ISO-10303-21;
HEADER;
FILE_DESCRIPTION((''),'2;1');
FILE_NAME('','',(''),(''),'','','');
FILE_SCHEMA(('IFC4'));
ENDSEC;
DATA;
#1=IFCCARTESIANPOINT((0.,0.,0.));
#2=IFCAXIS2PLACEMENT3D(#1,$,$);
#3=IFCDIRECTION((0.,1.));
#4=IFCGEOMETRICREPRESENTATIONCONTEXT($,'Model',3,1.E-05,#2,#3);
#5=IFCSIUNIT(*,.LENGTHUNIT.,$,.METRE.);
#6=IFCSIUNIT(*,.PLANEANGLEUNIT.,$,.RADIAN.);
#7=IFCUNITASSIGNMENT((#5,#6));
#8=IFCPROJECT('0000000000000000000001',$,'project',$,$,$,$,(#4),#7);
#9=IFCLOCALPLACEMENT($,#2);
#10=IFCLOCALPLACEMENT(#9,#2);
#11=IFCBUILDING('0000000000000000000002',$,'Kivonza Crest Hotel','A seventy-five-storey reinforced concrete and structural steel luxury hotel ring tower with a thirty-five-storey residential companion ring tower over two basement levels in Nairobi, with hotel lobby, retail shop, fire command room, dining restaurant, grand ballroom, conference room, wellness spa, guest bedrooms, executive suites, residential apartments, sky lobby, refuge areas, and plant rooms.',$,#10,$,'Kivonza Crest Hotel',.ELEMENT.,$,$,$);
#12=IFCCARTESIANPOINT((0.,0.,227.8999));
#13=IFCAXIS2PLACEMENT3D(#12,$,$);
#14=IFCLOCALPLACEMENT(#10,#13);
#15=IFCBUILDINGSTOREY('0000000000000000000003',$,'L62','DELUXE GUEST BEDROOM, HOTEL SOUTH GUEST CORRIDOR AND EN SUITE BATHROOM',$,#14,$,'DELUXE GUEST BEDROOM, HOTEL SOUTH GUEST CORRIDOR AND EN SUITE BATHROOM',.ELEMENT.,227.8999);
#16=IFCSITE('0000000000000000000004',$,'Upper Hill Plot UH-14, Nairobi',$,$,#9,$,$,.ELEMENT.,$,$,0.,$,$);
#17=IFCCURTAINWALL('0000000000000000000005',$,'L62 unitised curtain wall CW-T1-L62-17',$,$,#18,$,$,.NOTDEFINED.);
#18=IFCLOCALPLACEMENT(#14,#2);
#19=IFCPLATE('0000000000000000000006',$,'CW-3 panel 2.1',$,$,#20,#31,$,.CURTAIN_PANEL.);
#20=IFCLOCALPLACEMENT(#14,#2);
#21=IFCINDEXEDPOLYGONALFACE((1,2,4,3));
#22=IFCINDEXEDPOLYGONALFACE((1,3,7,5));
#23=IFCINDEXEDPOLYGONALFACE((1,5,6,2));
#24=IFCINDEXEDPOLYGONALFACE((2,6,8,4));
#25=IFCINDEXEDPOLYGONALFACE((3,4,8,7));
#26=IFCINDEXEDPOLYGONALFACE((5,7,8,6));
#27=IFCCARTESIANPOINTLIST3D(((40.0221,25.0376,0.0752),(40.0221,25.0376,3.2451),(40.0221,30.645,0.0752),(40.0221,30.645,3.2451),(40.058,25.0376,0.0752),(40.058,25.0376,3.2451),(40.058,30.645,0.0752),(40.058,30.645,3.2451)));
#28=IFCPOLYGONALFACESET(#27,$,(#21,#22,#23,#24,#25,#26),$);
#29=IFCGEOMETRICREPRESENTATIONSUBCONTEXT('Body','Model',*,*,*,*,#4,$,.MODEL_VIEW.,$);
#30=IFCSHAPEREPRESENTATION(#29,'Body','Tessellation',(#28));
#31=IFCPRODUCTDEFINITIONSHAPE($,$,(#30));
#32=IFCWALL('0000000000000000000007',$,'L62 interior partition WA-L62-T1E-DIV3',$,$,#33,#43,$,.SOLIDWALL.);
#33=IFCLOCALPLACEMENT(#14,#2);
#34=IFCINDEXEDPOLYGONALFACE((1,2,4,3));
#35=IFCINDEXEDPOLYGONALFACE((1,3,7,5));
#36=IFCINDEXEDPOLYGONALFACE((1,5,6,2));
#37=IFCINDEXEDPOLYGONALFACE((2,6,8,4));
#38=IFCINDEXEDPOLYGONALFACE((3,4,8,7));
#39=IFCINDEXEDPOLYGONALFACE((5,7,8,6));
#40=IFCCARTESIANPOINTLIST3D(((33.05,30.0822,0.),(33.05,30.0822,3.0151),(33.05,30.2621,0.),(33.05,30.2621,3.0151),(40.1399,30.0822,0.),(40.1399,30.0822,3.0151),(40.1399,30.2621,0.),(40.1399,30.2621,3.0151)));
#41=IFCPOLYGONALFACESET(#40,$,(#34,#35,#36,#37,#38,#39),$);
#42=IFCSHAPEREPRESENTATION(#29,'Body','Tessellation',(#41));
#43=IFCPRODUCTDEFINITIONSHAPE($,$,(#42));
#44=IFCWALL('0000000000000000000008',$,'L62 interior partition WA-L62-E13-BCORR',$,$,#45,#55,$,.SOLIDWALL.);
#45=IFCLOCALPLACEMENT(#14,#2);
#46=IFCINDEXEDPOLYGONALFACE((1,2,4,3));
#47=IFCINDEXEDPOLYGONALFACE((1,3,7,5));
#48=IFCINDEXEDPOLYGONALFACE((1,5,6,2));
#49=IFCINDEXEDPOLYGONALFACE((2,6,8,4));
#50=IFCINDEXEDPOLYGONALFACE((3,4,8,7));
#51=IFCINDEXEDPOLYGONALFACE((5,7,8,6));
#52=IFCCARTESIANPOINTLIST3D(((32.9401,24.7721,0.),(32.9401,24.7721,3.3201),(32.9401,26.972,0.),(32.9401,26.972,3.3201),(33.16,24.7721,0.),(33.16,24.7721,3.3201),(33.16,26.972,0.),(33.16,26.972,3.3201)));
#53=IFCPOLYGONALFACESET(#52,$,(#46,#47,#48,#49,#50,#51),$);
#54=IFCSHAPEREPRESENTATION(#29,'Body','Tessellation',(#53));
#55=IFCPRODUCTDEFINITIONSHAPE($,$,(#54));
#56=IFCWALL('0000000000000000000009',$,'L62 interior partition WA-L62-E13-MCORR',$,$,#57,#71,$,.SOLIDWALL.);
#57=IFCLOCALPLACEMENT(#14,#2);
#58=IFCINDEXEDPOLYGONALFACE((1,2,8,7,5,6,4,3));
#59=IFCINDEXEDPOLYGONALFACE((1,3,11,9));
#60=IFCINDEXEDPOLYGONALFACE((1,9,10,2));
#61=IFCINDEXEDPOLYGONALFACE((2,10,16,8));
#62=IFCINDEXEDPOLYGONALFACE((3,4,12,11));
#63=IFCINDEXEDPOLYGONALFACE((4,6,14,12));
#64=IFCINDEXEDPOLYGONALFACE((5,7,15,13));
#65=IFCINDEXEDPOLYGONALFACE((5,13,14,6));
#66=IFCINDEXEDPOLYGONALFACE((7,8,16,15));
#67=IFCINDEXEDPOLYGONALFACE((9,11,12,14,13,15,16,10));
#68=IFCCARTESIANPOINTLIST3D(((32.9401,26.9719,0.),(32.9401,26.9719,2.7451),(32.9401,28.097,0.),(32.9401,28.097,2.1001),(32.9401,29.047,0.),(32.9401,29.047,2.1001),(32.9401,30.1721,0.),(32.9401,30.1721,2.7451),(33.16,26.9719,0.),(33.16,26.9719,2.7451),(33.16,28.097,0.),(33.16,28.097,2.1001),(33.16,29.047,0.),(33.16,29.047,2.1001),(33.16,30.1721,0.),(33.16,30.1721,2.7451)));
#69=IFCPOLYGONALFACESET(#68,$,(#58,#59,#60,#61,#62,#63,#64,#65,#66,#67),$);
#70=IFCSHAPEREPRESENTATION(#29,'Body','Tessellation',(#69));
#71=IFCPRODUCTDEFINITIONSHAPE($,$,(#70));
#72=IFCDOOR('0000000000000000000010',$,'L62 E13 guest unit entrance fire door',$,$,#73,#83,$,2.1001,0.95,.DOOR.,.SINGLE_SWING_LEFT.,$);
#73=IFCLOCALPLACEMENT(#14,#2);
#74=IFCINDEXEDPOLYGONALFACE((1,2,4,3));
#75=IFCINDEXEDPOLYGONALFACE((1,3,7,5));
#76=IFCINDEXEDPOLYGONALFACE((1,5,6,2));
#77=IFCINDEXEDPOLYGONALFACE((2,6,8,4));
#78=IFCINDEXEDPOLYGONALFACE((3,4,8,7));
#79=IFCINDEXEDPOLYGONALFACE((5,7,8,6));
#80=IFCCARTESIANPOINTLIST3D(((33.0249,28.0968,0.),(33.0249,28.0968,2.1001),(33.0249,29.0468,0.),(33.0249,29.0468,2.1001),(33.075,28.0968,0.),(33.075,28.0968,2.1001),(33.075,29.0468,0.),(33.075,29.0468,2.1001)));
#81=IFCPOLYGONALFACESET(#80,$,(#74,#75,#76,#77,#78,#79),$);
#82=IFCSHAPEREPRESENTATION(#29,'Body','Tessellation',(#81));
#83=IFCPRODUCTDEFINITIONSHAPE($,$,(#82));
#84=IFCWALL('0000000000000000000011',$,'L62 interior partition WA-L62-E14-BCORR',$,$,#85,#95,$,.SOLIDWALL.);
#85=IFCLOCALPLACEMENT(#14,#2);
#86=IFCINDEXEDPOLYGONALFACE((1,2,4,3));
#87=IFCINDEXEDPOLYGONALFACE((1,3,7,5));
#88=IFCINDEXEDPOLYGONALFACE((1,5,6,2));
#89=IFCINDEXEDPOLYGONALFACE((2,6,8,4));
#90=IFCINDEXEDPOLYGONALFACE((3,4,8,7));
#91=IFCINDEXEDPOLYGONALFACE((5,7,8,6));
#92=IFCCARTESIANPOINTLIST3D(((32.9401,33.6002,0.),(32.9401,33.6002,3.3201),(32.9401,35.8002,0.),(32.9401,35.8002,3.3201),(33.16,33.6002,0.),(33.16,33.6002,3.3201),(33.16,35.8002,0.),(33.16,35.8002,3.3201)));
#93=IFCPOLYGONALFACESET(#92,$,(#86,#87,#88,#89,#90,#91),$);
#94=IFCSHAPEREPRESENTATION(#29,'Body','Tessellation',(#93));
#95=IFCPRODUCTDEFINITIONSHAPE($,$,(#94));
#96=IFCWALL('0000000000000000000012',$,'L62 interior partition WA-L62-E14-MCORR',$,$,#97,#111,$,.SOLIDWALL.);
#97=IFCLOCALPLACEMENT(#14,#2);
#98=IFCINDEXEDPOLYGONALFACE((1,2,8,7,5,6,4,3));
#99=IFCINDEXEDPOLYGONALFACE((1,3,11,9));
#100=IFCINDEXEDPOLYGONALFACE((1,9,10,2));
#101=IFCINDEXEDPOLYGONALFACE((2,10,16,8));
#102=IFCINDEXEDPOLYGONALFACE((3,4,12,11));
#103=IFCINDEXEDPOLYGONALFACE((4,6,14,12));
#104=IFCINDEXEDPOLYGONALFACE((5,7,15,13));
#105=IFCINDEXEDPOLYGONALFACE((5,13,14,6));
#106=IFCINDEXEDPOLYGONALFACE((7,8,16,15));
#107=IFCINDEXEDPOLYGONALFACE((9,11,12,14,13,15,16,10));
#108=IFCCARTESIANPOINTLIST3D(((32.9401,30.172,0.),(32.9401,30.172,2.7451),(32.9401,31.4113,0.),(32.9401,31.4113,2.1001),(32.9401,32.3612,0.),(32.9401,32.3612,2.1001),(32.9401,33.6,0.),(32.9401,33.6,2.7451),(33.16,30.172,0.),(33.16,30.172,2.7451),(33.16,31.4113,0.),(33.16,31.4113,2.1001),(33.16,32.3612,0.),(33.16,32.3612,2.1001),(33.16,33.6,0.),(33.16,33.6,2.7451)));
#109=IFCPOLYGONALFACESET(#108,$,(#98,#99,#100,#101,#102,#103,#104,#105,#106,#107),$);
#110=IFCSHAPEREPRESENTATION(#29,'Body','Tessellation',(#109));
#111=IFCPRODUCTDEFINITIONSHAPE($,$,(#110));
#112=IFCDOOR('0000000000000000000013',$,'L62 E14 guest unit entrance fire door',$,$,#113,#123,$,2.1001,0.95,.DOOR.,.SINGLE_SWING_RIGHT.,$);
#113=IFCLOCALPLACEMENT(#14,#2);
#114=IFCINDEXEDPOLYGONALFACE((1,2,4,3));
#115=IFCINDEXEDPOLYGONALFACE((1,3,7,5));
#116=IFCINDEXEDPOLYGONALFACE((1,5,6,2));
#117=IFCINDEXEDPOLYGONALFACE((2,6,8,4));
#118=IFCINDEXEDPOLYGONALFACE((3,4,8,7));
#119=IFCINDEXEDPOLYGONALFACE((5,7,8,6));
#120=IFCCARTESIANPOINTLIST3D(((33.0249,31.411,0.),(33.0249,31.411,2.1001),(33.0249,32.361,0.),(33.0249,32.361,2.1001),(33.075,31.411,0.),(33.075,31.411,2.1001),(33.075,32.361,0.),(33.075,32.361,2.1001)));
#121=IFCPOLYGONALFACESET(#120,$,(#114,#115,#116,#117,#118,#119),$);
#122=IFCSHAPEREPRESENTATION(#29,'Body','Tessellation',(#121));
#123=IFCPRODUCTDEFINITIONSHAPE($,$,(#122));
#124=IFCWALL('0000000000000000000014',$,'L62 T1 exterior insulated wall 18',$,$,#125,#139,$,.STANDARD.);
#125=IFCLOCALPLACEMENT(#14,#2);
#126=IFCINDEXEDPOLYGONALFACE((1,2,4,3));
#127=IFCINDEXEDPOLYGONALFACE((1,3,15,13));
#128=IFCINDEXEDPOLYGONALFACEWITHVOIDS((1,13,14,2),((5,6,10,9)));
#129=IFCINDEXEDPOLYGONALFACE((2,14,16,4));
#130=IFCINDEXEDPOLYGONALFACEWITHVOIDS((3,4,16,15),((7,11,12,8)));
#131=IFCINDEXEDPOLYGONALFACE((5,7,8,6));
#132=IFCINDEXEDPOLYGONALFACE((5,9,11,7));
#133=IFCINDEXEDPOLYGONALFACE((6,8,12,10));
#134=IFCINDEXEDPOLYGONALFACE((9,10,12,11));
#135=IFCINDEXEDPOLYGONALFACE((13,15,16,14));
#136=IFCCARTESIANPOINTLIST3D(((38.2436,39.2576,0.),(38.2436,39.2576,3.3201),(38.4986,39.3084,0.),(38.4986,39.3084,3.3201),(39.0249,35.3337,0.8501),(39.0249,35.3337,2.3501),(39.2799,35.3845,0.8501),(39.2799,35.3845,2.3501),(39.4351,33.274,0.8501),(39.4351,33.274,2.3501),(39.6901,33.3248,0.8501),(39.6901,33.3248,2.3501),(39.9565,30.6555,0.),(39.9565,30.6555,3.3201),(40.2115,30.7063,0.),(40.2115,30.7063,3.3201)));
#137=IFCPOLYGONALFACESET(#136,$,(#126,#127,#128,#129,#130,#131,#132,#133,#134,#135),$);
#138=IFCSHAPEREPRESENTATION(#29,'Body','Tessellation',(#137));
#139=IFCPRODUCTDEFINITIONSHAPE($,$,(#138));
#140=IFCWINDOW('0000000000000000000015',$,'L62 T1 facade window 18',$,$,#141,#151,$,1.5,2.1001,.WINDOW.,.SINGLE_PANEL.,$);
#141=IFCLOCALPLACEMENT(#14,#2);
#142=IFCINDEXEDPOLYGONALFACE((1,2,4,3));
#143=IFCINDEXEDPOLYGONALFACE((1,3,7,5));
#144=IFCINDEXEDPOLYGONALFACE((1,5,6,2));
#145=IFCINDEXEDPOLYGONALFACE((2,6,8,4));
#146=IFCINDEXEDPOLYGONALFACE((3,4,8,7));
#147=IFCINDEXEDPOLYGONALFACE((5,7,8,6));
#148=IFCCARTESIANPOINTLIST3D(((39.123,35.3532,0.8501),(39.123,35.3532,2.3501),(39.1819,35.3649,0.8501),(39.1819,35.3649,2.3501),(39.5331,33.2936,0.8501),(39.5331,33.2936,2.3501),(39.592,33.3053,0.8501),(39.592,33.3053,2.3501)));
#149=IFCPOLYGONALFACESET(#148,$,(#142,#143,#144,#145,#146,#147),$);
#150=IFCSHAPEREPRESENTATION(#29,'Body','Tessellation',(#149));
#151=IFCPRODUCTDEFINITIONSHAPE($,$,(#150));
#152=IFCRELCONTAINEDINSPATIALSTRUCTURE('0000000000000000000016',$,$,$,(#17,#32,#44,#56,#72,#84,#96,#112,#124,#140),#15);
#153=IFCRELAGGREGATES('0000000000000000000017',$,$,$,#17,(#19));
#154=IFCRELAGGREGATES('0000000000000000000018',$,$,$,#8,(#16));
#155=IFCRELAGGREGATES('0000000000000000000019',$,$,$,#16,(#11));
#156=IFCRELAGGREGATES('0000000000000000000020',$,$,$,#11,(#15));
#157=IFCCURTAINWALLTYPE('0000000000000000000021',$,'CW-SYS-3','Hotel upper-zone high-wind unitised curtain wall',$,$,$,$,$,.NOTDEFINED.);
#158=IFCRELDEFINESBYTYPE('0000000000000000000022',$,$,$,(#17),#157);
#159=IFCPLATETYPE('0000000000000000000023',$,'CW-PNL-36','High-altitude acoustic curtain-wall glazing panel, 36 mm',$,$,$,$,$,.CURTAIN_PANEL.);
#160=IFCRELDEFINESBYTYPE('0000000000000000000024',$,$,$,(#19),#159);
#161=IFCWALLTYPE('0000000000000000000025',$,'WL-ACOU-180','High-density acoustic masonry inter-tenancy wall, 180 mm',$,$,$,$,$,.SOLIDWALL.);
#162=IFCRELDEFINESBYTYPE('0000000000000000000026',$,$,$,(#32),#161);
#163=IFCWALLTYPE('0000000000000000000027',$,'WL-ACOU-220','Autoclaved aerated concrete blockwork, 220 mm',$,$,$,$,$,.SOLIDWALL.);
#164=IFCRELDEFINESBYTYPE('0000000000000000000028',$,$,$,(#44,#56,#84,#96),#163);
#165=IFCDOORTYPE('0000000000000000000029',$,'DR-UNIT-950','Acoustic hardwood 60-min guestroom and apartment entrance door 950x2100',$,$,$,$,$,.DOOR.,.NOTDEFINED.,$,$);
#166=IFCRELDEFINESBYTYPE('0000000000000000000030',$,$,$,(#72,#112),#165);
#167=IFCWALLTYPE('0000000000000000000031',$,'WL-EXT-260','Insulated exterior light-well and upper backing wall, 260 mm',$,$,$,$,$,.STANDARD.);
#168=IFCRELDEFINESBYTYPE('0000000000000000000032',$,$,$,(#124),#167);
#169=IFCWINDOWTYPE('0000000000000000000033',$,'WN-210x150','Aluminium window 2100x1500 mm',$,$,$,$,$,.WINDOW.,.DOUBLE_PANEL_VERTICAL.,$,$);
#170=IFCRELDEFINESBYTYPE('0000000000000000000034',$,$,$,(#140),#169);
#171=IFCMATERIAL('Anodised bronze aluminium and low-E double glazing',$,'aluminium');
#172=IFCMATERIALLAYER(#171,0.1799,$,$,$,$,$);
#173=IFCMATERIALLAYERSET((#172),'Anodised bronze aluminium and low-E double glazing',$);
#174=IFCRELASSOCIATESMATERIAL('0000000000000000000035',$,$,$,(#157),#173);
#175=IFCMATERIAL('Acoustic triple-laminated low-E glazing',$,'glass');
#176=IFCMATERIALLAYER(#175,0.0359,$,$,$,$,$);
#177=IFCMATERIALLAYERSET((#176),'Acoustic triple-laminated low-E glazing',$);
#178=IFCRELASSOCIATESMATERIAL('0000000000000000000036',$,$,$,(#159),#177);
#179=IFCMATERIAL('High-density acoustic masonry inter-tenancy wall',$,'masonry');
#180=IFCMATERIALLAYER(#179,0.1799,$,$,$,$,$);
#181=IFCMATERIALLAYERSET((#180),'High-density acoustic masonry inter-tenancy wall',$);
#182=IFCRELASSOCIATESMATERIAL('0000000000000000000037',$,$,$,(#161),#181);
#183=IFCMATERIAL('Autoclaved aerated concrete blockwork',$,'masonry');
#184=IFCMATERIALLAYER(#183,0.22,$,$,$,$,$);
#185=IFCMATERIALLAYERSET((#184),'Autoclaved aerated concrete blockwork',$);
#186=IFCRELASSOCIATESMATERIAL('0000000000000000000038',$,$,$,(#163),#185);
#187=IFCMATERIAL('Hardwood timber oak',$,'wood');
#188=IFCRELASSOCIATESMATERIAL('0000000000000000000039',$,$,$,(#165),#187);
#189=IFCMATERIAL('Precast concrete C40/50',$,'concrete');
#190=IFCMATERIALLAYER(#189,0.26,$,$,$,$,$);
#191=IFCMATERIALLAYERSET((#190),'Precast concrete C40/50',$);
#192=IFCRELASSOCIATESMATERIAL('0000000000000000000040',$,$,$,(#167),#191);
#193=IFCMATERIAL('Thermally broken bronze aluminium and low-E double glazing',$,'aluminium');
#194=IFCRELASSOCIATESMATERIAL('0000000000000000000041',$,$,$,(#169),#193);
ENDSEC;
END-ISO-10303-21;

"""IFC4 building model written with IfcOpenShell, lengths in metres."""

from ifc_helpers import new_model, si_unit, direction, frame, frame_2d, origin, origin_2d, place, context, subcontext, project, spatial, rectangle, extrude, material, layer, layer_set, type_object, element, fill, aggregate, save


model = new_model("IFC4")

# Units and contexts
model_context = context("Model", 3, precision=1e-05, world=origin(), true_north=direction((0.0, 1.0)))
body_context = subcontext(model_context, "Body", "Model", "MODEL_VIEW")
ifc_project = project(units=[si_unit("LENGTHUNIT", "METRE"), si_unit("PLANEANGLEUNIT", "RADIAN")], contexts=[model_context])

# Site, building, storey
site_placement = place(None, origin())
site = spatial("IfcSite", under=ifc_project, at=site_placement, Name="Upper Hill Plot UH-14, Nairobi", CompositionType="ELEMENT", RefElevation=0.0)
building_placement = place(site_placement, origin())
building = spatial("IfcBuilding", under=site, at=building_placement, Name="Kivonza Crest Hotel", Description="A seventy-five-storey reinforced concrete and structural steel luxury hotel ring tower with a thirty-five-storey residential companion ring tower over two basement levels in Nairobi, with hotel lobby, retail shop, fire command room, dining restaurant, grand ballroom, conference room, wellness spa, guest bedrooms, executive suites, residential apartments, sky lobby, refuge areas, and plant rooms.", LongName="Kivonza Crest Hotel", CompositionType="ELEMENT")
storey_placement = place(building_placement, frame((0.0, 0.0, 227.8999)))
storey = spatial("IfcBuildingStorey", under=building, at=storey_placement, Name="L62", Description="DELUXE GUEST BEDROOM, HOTEL SOUTH GUEST CORRIDOR AND EN SUITE BATHROOM", LongName="DELUXE GUEST BEDROOM, HOTEL SOUTH GUEST CORRIDOR AND EN SUITE BATHROOM", CompositionType="ELEMENT", Elevation=227.8999)

# Curtain wall, plate
ifc_material_1 = material(Name="Anodised bronze aluminium and low-E double glazing", Category="aluminium")
ifc_layer_1 = layer(ifc_material_1, 0.1799)
ifc_layer_set_1 = layer_set([ifc_layer_1], Name="Anodised bronze aluminium and low-E double glazing")
curtain_wall_type = type_object("IfcCurtainWallType", Name="CW-SYS-3", Description="Hotel upper-zone high-wind unitised curtain wall", PredefinedType="NOTDEFINED", material=ifc_layer_set_1)
curtain_wall_placement = place(storey_placement, origin())
curtain_wall = element("IfcCurtainWall", 1, at=curtain_wall_placement, inside=storey, type_object=curtain_wall_type, Name="L62 unitised curtain wall CW-T1-L62-17", PredefinedType="NOTDEFINED")
ifc_material_2 = material(Name="Acoustic triple-laminated low-E glazing", Category="glass")
ifc_layer_2 = layer(ifc_material_2, 0.0359)
ifc_layer_set_2 = layer_set([ifc_layer_2], Name="Acoustic triple-laminated low-E glazing")
plate_type = type_object("IfcPlateType", Name="CW-PNL-36", Description="High-altitude acoustic curtain-wall glazing panel, 36 mm", PredefinedType="CURTAIN_PANEL", material=ifc_layer_set_2)
plate_placement = place(storey_placement, frame((40.04, 27.8413, 0.0752), z_axis=(0.0, 0.0, 1.0), x_axis=(0.0, 1.0, 0.0)))
plate = element("IfcPlate", 2, at=plate_placement, type_object=plate_type, Name="CW-3 panel 2.1", PredefinedType="CURTAIN_PANEL", context=body_context, shape_type="SweptSolid", body=[
    extrude(rectangle(XDim=5.6074, YDim=0.0359, at=origin_2d()), origin(), (0.0, 0.0, 1.0), 3.1699),
])
aggregate(curtain_wall, [plate])

# Walls
ifc_material_3 = material(Name="High-density acoustic masonry inter-tenancy wall", Category="masonry")
ifc_layer_3 = layer(ifc_material_3, 0.1799)
ifc_layer_set_3 = layer_set([ifc_layer_3], Name="High-density acoustic masonry inter-tenancy wall")
wall_type_1 = type_object("IfcWallType", Name="WL-ACOU-180", Description="High-density acoustic masonry inter-tenancy wall, 180 mm", PredefinedType="SOLIDWALL", material=ifc_layer_set_3)
wall_1_placement = place(storey_placement, frame((33.05, 30.1721, 0.0), z_axis=(0.0, 0.0, 1.0), x_axis=(1.0, 0.0, 0.0)))
element("IfcWall", 3, at=wall_1_placement, inside=storey, type_object=wall_type_1, Name="L62 interior partition WA-L62-T1E-DIV3", PredefinedType="SOLIDWALL", context=body_context, shape_type="SweptSolid", body=[
    extrude(rectangle(XDim=7.0898, YDim=0.1799, at=frame_2d((3.5449, 0.0))), origin(), (0.0, 0.0, 1.0), 3.0151),
])
ifc_material_4 = material(Name="Autoclaved aerated concrete blockwork", Category="masonry")
ifc_layer_4 = layer(ifc_material_4, 0.22)
ifc_layer_set_4 = layer_set([ifc_layer_4], Name="Autoclaved aerated concrete blockwork")
wall_type_2 = type_object("IfcWallType", Name="WL-ACOU-220", Description="Autoclaved aerated concrete blockwork, 220 mm", PredefinedType="SOLIDWALL", material=ifc_layer_set_4)
wall_2_placement = place(storey_placement, frame((33.05, 24.772, 0.0), z_axis=(0.0, 0.0, 1.0), x_axis=(0.0, 1.0, 0.0)))
element("IfcWall", 4, at=wall_2_placement, inside=storey, type_object=wall_type_2, Name="L62 interior partition WA-L62-E13-BCORR", PredefinedType="SOLIDWALL", context=body_context, shape_type="SweptSolid", body=[
    extrude(rectangle(XDim=2.2, YDim=0.22, at=frame_2d((1.1001, 0.0))), origin(), (0.0, 0.0, 1.0), 3.3201),
])

# Wall, opening, door
wall_3_placement = place(storey_placement, frame((33.05, 26.9719, 0.0), z_axis=(0.0, 0.0, 1.0), x_axis=(0.0, 1.0, 0.0)))
wall_3 = element("IfcWall", 5, at=wall_3_placement, inside=storey, type_object=wall_type_2, Name="L62 interior partition WA-L62-E13-MCORR", PredefinedType="SOLIDWALL", context=body_context, shape_type="SweptSolid", body=[
    extrude(rectangle(XDim=3.2002, YDim=0.22, at=frame_2d((1.6001, 0.0))), origin(), (0.0, 0.0, 1.0), 2.7451),
])
opening_1_placement = place(wall_3_placement, frame((1.125, 0.0, 0.0)))
opening_1 = element("IfcOpeningElement", 6, at=opening_1_placement, cuts=wall_3, PredefinedType="OPENING", context=body_context, shape_type="SweptSolid", body=[
    extrude(rectangle(XDim=0.95, YDim=2.1001, at=frame_2d((0.4751, 1.05))), frame((0.0, 0.1201, 0.0), z_axis=(0.0, -1.0, 0.0), x_axis=(1.0, 0.0, 0.0)), (0.0, 0.0, 1.0), 0.24),
])
ifc_material_5 = material(Name="Hardwood timber oak", Category="wood")
door_type_1 = type_object("IfcDoorType", Name="DR-UNIT-950", Description="Acoustic hardwood 60-min guestroom and apartment entrance door 950x2100", OperationType="NOTDEFINED", PredefinedType="DOOR", material=ifc_material_5)
door_1_placement = place(opening_1_placement, frame((0.95, 0.0, 0.0), z_axis=(0.0, 0.0, 1.0), x_axis=(-1.0, 0.0, 0.0)))
door_1 = element("IfcDoor", 7, at=door_1_placement, inside=storey, type_object=door_type_1, Name="L62 E13 guest unit entrance fire door", OperationType="SINGLE_SWING_LEFT", OverallHeight=2.1001, OverallWidth=0.95, PredefinedType="DOOR", context=body_context, shape_type="SweptSolid", body=[
    extrude(rectangle(XDim=0.95, YDim=2.1001, at=frame_2d((0.4751, 1.05))), frame((0.0, 0.0249, 0.0), z_axis=(0.0, -1.0, 0.0), x_axis=(1.0, 0.0, 0.0)), (0.0, 0.0, 1.0), 0.05),
])
fill(opening_1, door_1)

# Wall
wall_4_placement = place(storey_placement, frame((33.05, 33.6001, 0.0), z_axis=(0.0, 0.0, 1.0), x_axis=(0.0, 1.0, 0.0)))
element("IfcWall", 8, at=wall_4_placement, inside=storey, type_object=wall_type_2, Name="L62 interior partition WA-L62-E14-BCORR", PredefinedType="SOLIDWALL", context=body_context, shape_type="SweptSolid", body=[
    extrude(rectangle(XDim=2.2, YDim=0.22, at=frame_2d((1.1001, 0.0))), origin(), (0.0, 0.0, 1.0), 3.3201),
])

# Wall, opening, door
wall_5_placement = place(storey_placement, frame((33.05, 30.1721, 0.0), z_axis=(0.0, 0.0, 1.0), x_axis=(0.0, 1.0, 0.0)))
wall_5 = element("IfcWall", 9, at=wall_5_placement, inside=storey, type_object=wall_type_2, Name="L62 interior partition WA-L62-E14-MCORR", PredefinedType="SOLIDWALL", context=body_context, shape_type="SweptSolid", body=[
    extrude(rectangle(XDim=3.428, YDim=0.22, at=frame_2d((1.7139, 0.0))), origin(), (0.0, 0.0, 1.0), 2.7451),
])
opening_2_placement = place(wall_5_placement, frame((1.239, 0.0, 0.0)))
opening_2 = element("IfcOpeningElement", 10, at=opening_2_placement, cuts=wall_5, PredefinedType="OPENING", context=body_context, shape_type="SweptSolid", body=[
    extrude(rectangle(XDim=0.95, YDim=2.1001, at=frame_2d((0.4751, 1.05))), frame((0.0, 0.1201, 0.0), z_axis=(0.0, -1.0, 0.0), x_axis=(1.0, 0.0, 0.0)), (0.0, 0.0, 1.0), 0.24),
])
door_2_placement = place(opening_2_placement, frame((0.95, 0.0, 0.0), z_axis=(0.0, 0.0, 1.0), x_axis=(-1.0, 0.0, 0.0)))
door_2 = element("IfcDoor", 11, at=door_2_placement, inside=storey, type_object=door_type_1, Name="L62 E14 guest unit entrance fire door", OperationType="SINGLE_SWING_RIGHT", OverallHeight=2.1001, OverallWidth=0.95, PredefinedType="DOOR", context=body_context, shape_type="SweptSolid", body=[
    extrude(rectangle(XDim=0.95, YDim=2.1001, at=frame_2d((0.4751, 1.05))), frame((0.0, 0.0249, 0.0), z_axis=(0.0, -1.0, 0.0), x_axis=(1.0, 0.0, 0.0)), (0.0, 0.0, 1.0), 0.05),
])
fill(opening_2, door_2)

# Wall, opening, window
ifc_material_6 = material(Name="Precast concrete C40/50", Category="concrete")
ifc_layer_5 = layer(ifc_material_6, 0.26)
ifc_layer_set_5 = layer_set([ifc_layer_5], Name="Precast concrete C40/50")
wall_type_3 = type_object("IfcWallType", Name="WL-EXT-260", Description="Insulated exterior light-well and upper backing wall, 260 mm", PredefinedType="STANDARD", material=ifc_layer_set_5)
wall_6_placement = place(storey_placement, frame((40.084, 30.6809, 0.0), z_axis=(0.0, 0.0, 1.0), x_axis=(-0.195292, 0.980745, 0.0)))
wall_6 = element("IfcWall", 12, at=wall_6_placement, inside=storey, type_object=wall_type_3, Name="L62 T1 exterior insulated wall 18", PredefinedType="STANDARD", context=body_context, shape_type="SweptSolid", body=[
    extrude(rectangle(XDim=8.771, YDim=0.26, at=frame_2d((4.3855, 0.0))), origin(), (0.0, 0.0, 1.0), 3.3201),
])
opening_3_placement = place(wall_6_placement, frame((2.6699, 0.0, 0.8501)))
opening_3 = element("IfcOpeningElement", 13, at=opening_3_placement, cuts=wall_6, PredefinedType="OPENING", context=body_context, shape_type="SweptSolid", body=[
    extrude(rectangle(XDim=2.1001, YDim=1.5, at=frame_2d((1.05, 0.75))), frame((0.0, 0.1401, 0.0), z_axis=(0.0, -1.0, 0.0), x_axis=(1.0, 0.0, 0.0)), (0.0, 0.0, 1.0), 0.28),
])
ifc_material_7 = material(Name="Thermally broken bronze aluminium and low-E double glazing", Category="aluminium")
window_type = type_object("IfcWindowType", Name="WN-210x150", Description="Aluminium window 2100x1500 mm", PartitioningType="DOUBLE_PANEL_VERTICAL", PredefinedType="WINDOW", material=ifc_material_7)
window_placement = place(opening_3_placement, origin())
window = element("IfcWindow", 14, at=window_placement, inside=storey, type_object=window_type, Name="L62 T1 facade window 18", OverallHeight=1.5, OverallWidth=2.1001, PartitioningType="SINGLE_PANEL", PredefinedType="WINDOW", context=body_context, shape_type="SweptSolid", body=[
    extrude(rectangle(XDim=2.1001, YDim=1.5, at=frame_2d((1.05, 0.75))), frame((0.0, 0.03, 0.0), z_axis=(0.0, -1.0, 0.0), x_axis=(1.0, 0.0, 0.0)), (0.0, 0.0, 1.0), 0.0601),
])
fill(opening_3, window)

save(model, "model.ifc")
